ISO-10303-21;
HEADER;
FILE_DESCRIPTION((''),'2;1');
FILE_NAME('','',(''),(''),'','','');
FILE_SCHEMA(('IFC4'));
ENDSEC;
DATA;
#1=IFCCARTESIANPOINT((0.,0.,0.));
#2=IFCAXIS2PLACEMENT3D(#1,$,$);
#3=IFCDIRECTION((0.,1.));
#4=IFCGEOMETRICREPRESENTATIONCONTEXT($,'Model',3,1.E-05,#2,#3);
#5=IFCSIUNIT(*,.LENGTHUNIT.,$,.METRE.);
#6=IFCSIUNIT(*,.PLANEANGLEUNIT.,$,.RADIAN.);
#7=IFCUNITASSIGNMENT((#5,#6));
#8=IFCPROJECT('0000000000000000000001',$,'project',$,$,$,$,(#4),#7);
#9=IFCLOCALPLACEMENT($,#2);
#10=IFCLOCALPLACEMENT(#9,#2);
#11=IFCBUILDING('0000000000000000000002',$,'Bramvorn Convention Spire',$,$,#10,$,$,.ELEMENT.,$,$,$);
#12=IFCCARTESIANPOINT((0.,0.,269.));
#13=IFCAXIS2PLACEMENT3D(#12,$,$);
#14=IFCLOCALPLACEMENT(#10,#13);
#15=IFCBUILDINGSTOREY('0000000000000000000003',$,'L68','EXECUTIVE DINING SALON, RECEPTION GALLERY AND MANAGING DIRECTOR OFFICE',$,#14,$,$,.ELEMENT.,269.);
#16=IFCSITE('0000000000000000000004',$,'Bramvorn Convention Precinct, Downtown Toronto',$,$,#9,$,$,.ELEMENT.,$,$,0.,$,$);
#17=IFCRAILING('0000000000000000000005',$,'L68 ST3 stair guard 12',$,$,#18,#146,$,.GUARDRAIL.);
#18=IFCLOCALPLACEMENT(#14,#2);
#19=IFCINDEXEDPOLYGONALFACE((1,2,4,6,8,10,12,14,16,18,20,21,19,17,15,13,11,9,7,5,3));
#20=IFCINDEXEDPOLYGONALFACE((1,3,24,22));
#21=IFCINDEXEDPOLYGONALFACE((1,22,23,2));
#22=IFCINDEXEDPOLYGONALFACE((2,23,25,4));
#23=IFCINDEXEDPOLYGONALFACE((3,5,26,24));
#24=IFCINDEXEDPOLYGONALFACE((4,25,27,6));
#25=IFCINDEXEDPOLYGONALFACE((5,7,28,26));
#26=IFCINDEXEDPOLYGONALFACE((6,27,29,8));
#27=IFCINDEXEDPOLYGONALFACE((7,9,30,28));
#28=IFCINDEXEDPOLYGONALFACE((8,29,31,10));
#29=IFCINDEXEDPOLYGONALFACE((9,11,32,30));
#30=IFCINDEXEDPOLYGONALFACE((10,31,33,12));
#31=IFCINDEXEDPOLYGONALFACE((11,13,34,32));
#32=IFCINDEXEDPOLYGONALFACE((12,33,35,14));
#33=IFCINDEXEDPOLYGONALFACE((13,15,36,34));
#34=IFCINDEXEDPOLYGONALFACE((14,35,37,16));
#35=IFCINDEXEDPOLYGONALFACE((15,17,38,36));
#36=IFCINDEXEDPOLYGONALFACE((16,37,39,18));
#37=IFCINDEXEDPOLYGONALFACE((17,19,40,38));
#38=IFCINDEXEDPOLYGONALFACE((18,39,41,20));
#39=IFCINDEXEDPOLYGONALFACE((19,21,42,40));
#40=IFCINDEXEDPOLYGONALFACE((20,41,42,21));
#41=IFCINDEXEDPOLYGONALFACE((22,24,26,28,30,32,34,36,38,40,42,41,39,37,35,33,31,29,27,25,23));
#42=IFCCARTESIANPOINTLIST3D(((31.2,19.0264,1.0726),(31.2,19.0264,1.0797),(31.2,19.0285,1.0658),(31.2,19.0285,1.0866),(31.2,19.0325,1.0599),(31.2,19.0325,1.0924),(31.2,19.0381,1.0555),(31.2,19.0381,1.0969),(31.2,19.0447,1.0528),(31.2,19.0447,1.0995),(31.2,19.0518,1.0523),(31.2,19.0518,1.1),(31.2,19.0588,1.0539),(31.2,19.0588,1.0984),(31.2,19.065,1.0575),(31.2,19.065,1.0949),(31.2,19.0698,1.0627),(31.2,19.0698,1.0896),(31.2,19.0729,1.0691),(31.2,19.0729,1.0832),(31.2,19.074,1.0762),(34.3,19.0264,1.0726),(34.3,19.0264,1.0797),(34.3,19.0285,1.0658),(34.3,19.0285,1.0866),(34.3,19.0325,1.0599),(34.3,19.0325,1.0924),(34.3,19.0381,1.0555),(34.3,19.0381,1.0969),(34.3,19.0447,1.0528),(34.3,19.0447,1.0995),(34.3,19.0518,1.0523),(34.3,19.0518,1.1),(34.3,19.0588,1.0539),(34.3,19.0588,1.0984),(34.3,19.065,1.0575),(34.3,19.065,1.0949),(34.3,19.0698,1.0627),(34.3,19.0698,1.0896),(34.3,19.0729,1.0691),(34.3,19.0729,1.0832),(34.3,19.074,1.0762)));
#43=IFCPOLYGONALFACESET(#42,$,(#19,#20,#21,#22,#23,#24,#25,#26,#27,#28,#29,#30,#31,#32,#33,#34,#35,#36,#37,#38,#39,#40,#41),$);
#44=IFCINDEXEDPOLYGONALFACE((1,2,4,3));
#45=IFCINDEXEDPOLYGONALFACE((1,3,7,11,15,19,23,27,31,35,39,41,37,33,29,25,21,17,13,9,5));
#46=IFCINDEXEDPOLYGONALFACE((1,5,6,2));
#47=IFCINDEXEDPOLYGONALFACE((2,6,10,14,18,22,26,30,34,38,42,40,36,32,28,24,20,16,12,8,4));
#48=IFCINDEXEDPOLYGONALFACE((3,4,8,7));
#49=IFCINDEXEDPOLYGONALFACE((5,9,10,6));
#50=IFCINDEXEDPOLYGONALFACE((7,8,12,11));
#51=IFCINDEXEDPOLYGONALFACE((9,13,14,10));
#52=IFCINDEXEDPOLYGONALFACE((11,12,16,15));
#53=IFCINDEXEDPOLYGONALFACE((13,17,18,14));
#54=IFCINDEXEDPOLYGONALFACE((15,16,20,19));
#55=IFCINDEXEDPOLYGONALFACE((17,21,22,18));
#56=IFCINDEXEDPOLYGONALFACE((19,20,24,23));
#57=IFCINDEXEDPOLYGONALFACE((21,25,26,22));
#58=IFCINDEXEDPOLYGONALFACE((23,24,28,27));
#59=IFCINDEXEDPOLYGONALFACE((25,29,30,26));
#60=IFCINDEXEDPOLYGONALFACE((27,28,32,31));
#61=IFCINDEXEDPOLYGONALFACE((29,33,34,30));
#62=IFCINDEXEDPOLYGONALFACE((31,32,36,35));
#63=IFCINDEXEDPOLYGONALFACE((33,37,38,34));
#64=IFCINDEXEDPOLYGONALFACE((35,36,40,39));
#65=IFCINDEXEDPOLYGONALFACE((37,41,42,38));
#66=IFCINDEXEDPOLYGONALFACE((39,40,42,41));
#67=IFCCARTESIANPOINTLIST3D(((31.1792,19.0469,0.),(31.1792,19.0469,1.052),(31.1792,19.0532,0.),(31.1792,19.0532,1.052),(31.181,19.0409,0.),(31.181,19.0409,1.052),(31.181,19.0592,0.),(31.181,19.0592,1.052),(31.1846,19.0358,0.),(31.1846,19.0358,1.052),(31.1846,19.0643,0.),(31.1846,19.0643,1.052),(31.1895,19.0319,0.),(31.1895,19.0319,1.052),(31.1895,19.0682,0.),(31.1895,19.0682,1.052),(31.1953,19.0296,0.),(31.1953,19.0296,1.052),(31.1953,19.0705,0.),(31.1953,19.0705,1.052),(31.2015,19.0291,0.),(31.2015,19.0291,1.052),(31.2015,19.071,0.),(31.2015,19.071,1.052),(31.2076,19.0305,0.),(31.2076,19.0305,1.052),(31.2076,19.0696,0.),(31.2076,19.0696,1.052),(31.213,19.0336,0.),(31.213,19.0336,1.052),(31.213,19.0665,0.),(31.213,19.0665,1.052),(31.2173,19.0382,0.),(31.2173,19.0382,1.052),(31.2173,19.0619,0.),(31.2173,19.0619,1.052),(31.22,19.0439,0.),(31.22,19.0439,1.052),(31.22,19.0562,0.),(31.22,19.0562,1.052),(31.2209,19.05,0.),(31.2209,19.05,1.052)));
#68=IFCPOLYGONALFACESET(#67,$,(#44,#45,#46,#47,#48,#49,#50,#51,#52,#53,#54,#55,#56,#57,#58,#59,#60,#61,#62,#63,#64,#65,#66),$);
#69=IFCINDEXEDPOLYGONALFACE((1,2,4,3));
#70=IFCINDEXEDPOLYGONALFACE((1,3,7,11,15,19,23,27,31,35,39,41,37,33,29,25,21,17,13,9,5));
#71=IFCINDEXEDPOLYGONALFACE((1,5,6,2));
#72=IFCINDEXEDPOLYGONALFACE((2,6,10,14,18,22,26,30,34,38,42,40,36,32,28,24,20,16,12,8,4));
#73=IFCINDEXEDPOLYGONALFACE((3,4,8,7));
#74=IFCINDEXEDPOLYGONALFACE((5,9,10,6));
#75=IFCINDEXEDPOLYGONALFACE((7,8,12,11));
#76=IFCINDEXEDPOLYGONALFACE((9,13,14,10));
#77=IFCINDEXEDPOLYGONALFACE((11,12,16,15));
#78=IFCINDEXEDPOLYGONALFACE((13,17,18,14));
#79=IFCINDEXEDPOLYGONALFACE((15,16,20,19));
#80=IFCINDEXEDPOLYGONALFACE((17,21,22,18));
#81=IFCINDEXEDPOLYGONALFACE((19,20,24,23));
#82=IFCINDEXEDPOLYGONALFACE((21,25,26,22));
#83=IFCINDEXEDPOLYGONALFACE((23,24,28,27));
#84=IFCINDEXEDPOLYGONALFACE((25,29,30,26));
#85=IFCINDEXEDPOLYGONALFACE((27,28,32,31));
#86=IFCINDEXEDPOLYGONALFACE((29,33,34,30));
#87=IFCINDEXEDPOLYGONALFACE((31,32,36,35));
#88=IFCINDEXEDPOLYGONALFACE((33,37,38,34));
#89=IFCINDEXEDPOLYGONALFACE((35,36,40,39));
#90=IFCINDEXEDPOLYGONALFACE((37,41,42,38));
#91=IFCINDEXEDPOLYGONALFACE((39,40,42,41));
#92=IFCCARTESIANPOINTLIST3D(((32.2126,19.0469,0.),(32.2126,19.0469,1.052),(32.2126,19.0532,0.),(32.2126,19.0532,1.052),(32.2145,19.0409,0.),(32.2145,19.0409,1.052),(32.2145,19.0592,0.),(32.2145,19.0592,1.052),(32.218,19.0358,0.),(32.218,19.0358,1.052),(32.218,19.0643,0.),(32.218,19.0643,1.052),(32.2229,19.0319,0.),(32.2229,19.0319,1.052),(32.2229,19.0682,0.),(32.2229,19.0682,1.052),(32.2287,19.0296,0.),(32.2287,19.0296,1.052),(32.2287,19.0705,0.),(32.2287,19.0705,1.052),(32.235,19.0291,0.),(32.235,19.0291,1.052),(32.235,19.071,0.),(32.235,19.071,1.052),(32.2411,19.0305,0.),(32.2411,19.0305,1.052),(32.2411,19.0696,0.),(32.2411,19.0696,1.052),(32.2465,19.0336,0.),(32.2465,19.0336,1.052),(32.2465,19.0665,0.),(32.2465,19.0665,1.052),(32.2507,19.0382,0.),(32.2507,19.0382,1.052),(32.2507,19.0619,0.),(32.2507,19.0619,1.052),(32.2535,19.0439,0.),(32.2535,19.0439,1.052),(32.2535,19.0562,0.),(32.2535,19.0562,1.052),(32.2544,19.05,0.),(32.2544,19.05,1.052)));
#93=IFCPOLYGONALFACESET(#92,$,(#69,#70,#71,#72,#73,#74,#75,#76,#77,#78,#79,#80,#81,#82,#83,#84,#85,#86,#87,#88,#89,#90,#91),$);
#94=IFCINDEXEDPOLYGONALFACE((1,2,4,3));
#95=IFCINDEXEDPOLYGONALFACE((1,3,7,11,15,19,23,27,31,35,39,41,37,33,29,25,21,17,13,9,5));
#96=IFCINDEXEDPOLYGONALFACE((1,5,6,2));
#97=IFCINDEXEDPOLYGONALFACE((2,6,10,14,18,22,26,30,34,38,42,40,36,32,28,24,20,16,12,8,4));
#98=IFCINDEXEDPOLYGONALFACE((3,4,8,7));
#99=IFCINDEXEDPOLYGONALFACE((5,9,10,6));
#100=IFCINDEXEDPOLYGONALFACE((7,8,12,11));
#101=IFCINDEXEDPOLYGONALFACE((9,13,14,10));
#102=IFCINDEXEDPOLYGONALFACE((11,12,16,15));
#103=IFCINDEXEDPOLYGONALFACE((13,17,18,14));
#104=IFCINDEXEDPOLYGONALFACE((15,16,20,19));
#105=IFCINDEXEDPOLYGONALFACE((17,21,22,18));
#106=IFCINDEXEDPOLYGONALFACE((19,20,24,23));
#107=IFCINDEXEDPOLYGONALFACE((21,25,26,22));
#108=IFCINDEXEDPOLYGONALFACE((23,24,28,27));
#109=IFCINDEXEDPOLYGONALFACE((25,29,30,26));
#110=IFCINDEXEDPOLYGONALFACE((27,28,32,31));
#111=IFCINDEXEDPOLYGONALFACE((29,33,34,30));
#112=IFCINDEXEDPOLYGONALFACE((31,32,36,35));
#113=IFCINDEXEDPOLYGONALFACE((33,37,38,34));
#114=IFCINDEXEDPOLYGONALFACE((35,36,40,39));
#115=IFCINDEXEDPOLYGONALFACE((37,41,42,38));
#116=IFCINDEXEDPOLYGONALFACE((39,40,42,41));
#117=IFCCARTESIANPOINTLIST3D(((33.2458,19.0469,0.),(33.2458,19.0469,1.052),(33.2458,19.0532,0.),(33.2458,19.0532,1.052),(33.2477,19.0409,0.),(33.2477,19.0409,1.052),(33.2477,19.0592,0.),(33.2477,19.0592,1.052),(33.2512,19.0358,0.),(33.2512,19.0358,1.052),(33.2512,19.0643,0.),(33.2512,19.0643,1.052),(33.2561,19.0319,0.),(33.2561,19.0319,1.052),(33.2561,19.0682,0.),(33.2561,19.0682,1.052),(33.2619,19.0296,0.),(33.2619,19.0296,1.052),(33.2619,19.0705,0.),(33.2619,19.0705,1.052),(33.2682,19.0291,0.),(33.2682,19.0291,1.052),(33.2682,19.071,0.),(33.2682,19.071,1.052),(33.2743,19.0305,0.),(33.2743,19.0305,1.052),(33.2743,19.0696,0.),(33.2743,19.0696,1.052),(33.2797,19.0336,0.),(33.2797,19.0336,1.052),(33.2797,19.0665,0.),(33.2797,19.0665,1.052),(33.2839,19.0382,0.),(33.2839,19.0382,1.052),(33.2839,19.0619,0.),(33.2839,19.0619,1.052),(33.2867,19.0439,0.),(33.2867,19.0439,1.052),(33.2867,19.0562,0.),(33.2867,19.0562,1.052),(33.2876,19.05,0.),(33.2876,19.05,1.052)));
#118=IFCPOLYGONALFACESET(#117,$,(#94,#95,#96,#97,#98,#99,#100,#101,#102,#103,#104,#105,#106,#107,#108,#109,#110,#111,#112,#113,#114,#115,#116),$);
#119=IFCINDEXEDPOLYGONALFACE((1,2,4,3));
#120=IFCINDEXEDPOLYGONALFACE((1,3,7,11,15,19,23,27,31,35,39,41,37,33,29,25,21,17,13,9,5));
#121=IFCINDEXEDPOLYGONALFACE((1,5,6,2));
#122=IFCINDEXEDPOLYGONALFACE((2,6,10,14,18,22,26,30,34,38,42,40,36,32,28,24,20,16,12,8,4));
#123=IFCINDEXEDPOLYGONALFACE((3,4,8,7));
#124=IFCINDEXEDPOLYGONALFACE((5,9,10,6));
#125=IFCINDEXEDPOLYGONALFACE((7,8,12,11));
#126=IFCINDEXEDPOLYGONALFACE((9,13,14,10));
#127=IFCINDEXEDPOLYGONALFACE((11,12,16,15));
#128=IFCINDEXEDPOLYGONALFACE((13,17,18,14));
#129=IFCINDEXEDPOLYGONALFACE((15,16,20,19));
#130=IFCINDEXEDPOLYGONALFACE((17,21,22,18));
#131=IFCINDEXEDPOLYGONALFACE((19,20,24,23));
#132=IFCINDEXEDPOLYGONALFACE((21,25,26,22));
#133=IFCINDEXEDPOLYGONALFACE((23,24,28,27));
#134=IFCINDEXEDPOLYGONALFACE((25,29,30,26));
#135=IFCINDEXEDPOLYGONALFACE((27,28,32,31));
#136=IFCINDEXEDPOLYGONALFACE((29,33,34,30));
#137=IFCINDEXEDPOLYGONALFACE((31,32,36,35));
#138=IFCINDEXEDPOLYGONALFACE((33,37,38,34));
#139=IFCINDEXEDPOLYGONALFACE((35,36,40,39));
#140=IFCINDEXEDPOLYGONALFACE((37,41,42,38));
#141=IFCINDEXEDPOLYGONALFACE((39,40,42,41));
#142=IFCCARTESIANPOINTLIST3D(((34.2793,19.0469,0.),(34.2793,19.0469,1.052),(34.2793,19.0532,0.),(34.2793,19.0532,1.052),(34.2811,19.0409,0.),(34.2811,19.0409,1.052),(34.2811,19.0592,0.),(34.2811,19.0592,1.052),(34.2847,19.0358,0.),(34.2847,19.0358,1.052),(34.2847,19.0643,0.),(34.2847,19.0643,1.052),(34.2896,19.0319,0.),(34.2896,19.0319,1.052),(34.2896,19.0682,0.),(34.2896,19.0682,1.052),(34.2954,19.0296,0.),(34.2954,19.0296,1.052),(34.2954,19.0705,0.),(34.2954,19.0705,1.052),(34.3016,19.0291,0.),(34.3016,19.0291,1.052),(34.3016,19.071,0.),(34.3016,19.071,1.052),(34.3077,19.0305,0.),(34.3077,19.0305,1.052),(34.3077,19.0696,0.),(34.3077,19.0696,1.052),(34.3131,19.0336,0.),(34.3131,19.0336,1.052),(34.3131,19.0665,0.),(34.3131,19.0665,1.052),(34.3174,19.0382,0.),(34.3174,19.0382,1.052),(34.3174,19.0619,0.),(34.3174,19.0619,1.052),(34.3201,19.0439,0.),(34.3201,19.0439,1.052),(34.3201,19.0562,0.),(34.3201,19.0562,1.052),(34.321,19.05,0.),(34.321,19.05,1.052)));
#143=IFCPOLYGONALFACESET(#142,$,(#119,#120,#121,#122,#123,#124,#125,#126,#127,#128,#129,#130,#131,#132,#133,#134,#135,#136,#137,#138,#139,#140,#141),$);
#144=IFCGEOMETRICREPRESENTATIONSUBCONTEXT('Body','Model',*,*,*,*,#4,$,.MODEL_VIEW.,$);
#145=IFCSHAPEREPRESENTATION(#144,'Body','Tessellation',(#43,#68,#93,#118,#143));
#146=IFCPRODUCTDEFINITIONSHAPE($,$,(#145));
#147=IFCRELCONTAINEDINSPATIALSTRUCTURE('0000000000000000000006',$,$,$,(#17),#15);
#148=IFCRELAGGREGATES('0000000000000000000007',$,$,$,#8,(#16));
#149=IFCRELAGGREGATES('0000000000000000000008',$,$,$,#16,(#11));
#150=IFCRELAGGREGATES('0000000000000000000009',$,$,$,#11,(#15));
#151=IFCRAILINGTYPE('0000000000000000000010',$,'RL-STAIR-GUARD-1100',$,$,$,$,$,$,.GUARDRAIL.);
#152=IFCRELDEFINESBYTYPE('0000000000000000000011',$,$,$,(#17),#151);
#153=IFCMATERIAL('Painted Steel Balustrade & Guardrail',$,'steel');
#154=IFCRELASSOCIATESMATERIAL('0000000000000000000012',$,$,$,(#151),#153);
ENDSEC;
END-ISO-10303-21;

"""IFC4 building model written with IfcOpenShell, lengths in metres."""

from ifc_helpers import new_model, si_unit, direction, frame, origin, origin_2d, place, context, subcontext, project, spatial, circle, extrude, material, type_object, element, save


model = new_model("IFC4")

# Units and contexts
model_context = context("Model", 3, precision=1e-05, world=origin(), true_north=direction((0.0, 1.0)))
body_context = subcontext(model_context, "Body", "Model", "MODEL_VIEW")
ifc_project = project(units=[si_unit("LENGTHUNIT", "METRE"), si_unit("PLANEANGLEUNIT", "RADIAN")], contexts=[model_context])

# Site, building, storey
site_placement = place(None, origin())
site = spatial("IfcSite", under=ifc_project, at=site_placement, Name="Bramvorn Convention Precinct, Downtown Toronto", CompositionType="ELEMENT", RefElevation=0.0)
building_placement = place(site_placement, origin())
building = spatial("IfcBuilding", under=site, at=building_placement, Name="Bramvorn Convention Spire", CompositionType="ELEMENT")
storey_placement = place(building_placement, frame((0.0, 0.0, 269.0)))
storey = spatial("IfcBuildingStorey", under=building, at=storey_placement, Name="L68", Description="EXECUTIVE DINING SALON, RECEPTION GALLERY AND MANAGING DIRECTOR OFFICE", CompositionType="ELEMENT", Elevation=269.0)

# Railing
ifc_material_1 = material(Name="Painted Steel Balustrade & Guardrail", Category="steel")
railing_type_1 = type_object("IfcRailingType", Name="RL-STAIR-GUARD-1100", PredefinedType="GUARDRAIL", material=ifc_material_1)
railing_1_placement = place(storey_placement, frame((31.2, 19.05, 0.0)))
element("IfcRailing", 1, at=railing_1_placement, inside=storey, type_object=railing_type_1, Name="L68 ST3 stair guard 12", PredefinedType="GUARDRAIL", context=body_context, shape_type="SweptSolid", body=[
    extrude(circle(Radius=0.0239, at=origin_2d()), frame((0.0, 0.0, 1.0762), z_axis=(1.0, 0.0, 0.0), x_axis=(0.0, 1.0, 0.0)), (0.0, 0.0, 1.0), 3.1001),
    extrude(circle(Radius=0.021, at=origin_2d()), origin(), (0.0, 0.0, 1.0), 1.052),
    extrude(circle(Radius=0.021, at=origin_2d()), frame((1.0334, 0.0, 0.0)), (0.0, 0.0, 1.0), 1.052),
    extrude(circle(Radius=0.021, at=origin_2d()), frame((2.0667, 0.0, 0.0)), (0.0, 0.0, 1.0), 1.052),
    extrude(circle(Radius=0.021, at=origin_2d()), frame((3.1001, 0.0, 0.0)), (0.0, 0.0, 1.0), 1.052),
])

save(model, "model.ifc")
